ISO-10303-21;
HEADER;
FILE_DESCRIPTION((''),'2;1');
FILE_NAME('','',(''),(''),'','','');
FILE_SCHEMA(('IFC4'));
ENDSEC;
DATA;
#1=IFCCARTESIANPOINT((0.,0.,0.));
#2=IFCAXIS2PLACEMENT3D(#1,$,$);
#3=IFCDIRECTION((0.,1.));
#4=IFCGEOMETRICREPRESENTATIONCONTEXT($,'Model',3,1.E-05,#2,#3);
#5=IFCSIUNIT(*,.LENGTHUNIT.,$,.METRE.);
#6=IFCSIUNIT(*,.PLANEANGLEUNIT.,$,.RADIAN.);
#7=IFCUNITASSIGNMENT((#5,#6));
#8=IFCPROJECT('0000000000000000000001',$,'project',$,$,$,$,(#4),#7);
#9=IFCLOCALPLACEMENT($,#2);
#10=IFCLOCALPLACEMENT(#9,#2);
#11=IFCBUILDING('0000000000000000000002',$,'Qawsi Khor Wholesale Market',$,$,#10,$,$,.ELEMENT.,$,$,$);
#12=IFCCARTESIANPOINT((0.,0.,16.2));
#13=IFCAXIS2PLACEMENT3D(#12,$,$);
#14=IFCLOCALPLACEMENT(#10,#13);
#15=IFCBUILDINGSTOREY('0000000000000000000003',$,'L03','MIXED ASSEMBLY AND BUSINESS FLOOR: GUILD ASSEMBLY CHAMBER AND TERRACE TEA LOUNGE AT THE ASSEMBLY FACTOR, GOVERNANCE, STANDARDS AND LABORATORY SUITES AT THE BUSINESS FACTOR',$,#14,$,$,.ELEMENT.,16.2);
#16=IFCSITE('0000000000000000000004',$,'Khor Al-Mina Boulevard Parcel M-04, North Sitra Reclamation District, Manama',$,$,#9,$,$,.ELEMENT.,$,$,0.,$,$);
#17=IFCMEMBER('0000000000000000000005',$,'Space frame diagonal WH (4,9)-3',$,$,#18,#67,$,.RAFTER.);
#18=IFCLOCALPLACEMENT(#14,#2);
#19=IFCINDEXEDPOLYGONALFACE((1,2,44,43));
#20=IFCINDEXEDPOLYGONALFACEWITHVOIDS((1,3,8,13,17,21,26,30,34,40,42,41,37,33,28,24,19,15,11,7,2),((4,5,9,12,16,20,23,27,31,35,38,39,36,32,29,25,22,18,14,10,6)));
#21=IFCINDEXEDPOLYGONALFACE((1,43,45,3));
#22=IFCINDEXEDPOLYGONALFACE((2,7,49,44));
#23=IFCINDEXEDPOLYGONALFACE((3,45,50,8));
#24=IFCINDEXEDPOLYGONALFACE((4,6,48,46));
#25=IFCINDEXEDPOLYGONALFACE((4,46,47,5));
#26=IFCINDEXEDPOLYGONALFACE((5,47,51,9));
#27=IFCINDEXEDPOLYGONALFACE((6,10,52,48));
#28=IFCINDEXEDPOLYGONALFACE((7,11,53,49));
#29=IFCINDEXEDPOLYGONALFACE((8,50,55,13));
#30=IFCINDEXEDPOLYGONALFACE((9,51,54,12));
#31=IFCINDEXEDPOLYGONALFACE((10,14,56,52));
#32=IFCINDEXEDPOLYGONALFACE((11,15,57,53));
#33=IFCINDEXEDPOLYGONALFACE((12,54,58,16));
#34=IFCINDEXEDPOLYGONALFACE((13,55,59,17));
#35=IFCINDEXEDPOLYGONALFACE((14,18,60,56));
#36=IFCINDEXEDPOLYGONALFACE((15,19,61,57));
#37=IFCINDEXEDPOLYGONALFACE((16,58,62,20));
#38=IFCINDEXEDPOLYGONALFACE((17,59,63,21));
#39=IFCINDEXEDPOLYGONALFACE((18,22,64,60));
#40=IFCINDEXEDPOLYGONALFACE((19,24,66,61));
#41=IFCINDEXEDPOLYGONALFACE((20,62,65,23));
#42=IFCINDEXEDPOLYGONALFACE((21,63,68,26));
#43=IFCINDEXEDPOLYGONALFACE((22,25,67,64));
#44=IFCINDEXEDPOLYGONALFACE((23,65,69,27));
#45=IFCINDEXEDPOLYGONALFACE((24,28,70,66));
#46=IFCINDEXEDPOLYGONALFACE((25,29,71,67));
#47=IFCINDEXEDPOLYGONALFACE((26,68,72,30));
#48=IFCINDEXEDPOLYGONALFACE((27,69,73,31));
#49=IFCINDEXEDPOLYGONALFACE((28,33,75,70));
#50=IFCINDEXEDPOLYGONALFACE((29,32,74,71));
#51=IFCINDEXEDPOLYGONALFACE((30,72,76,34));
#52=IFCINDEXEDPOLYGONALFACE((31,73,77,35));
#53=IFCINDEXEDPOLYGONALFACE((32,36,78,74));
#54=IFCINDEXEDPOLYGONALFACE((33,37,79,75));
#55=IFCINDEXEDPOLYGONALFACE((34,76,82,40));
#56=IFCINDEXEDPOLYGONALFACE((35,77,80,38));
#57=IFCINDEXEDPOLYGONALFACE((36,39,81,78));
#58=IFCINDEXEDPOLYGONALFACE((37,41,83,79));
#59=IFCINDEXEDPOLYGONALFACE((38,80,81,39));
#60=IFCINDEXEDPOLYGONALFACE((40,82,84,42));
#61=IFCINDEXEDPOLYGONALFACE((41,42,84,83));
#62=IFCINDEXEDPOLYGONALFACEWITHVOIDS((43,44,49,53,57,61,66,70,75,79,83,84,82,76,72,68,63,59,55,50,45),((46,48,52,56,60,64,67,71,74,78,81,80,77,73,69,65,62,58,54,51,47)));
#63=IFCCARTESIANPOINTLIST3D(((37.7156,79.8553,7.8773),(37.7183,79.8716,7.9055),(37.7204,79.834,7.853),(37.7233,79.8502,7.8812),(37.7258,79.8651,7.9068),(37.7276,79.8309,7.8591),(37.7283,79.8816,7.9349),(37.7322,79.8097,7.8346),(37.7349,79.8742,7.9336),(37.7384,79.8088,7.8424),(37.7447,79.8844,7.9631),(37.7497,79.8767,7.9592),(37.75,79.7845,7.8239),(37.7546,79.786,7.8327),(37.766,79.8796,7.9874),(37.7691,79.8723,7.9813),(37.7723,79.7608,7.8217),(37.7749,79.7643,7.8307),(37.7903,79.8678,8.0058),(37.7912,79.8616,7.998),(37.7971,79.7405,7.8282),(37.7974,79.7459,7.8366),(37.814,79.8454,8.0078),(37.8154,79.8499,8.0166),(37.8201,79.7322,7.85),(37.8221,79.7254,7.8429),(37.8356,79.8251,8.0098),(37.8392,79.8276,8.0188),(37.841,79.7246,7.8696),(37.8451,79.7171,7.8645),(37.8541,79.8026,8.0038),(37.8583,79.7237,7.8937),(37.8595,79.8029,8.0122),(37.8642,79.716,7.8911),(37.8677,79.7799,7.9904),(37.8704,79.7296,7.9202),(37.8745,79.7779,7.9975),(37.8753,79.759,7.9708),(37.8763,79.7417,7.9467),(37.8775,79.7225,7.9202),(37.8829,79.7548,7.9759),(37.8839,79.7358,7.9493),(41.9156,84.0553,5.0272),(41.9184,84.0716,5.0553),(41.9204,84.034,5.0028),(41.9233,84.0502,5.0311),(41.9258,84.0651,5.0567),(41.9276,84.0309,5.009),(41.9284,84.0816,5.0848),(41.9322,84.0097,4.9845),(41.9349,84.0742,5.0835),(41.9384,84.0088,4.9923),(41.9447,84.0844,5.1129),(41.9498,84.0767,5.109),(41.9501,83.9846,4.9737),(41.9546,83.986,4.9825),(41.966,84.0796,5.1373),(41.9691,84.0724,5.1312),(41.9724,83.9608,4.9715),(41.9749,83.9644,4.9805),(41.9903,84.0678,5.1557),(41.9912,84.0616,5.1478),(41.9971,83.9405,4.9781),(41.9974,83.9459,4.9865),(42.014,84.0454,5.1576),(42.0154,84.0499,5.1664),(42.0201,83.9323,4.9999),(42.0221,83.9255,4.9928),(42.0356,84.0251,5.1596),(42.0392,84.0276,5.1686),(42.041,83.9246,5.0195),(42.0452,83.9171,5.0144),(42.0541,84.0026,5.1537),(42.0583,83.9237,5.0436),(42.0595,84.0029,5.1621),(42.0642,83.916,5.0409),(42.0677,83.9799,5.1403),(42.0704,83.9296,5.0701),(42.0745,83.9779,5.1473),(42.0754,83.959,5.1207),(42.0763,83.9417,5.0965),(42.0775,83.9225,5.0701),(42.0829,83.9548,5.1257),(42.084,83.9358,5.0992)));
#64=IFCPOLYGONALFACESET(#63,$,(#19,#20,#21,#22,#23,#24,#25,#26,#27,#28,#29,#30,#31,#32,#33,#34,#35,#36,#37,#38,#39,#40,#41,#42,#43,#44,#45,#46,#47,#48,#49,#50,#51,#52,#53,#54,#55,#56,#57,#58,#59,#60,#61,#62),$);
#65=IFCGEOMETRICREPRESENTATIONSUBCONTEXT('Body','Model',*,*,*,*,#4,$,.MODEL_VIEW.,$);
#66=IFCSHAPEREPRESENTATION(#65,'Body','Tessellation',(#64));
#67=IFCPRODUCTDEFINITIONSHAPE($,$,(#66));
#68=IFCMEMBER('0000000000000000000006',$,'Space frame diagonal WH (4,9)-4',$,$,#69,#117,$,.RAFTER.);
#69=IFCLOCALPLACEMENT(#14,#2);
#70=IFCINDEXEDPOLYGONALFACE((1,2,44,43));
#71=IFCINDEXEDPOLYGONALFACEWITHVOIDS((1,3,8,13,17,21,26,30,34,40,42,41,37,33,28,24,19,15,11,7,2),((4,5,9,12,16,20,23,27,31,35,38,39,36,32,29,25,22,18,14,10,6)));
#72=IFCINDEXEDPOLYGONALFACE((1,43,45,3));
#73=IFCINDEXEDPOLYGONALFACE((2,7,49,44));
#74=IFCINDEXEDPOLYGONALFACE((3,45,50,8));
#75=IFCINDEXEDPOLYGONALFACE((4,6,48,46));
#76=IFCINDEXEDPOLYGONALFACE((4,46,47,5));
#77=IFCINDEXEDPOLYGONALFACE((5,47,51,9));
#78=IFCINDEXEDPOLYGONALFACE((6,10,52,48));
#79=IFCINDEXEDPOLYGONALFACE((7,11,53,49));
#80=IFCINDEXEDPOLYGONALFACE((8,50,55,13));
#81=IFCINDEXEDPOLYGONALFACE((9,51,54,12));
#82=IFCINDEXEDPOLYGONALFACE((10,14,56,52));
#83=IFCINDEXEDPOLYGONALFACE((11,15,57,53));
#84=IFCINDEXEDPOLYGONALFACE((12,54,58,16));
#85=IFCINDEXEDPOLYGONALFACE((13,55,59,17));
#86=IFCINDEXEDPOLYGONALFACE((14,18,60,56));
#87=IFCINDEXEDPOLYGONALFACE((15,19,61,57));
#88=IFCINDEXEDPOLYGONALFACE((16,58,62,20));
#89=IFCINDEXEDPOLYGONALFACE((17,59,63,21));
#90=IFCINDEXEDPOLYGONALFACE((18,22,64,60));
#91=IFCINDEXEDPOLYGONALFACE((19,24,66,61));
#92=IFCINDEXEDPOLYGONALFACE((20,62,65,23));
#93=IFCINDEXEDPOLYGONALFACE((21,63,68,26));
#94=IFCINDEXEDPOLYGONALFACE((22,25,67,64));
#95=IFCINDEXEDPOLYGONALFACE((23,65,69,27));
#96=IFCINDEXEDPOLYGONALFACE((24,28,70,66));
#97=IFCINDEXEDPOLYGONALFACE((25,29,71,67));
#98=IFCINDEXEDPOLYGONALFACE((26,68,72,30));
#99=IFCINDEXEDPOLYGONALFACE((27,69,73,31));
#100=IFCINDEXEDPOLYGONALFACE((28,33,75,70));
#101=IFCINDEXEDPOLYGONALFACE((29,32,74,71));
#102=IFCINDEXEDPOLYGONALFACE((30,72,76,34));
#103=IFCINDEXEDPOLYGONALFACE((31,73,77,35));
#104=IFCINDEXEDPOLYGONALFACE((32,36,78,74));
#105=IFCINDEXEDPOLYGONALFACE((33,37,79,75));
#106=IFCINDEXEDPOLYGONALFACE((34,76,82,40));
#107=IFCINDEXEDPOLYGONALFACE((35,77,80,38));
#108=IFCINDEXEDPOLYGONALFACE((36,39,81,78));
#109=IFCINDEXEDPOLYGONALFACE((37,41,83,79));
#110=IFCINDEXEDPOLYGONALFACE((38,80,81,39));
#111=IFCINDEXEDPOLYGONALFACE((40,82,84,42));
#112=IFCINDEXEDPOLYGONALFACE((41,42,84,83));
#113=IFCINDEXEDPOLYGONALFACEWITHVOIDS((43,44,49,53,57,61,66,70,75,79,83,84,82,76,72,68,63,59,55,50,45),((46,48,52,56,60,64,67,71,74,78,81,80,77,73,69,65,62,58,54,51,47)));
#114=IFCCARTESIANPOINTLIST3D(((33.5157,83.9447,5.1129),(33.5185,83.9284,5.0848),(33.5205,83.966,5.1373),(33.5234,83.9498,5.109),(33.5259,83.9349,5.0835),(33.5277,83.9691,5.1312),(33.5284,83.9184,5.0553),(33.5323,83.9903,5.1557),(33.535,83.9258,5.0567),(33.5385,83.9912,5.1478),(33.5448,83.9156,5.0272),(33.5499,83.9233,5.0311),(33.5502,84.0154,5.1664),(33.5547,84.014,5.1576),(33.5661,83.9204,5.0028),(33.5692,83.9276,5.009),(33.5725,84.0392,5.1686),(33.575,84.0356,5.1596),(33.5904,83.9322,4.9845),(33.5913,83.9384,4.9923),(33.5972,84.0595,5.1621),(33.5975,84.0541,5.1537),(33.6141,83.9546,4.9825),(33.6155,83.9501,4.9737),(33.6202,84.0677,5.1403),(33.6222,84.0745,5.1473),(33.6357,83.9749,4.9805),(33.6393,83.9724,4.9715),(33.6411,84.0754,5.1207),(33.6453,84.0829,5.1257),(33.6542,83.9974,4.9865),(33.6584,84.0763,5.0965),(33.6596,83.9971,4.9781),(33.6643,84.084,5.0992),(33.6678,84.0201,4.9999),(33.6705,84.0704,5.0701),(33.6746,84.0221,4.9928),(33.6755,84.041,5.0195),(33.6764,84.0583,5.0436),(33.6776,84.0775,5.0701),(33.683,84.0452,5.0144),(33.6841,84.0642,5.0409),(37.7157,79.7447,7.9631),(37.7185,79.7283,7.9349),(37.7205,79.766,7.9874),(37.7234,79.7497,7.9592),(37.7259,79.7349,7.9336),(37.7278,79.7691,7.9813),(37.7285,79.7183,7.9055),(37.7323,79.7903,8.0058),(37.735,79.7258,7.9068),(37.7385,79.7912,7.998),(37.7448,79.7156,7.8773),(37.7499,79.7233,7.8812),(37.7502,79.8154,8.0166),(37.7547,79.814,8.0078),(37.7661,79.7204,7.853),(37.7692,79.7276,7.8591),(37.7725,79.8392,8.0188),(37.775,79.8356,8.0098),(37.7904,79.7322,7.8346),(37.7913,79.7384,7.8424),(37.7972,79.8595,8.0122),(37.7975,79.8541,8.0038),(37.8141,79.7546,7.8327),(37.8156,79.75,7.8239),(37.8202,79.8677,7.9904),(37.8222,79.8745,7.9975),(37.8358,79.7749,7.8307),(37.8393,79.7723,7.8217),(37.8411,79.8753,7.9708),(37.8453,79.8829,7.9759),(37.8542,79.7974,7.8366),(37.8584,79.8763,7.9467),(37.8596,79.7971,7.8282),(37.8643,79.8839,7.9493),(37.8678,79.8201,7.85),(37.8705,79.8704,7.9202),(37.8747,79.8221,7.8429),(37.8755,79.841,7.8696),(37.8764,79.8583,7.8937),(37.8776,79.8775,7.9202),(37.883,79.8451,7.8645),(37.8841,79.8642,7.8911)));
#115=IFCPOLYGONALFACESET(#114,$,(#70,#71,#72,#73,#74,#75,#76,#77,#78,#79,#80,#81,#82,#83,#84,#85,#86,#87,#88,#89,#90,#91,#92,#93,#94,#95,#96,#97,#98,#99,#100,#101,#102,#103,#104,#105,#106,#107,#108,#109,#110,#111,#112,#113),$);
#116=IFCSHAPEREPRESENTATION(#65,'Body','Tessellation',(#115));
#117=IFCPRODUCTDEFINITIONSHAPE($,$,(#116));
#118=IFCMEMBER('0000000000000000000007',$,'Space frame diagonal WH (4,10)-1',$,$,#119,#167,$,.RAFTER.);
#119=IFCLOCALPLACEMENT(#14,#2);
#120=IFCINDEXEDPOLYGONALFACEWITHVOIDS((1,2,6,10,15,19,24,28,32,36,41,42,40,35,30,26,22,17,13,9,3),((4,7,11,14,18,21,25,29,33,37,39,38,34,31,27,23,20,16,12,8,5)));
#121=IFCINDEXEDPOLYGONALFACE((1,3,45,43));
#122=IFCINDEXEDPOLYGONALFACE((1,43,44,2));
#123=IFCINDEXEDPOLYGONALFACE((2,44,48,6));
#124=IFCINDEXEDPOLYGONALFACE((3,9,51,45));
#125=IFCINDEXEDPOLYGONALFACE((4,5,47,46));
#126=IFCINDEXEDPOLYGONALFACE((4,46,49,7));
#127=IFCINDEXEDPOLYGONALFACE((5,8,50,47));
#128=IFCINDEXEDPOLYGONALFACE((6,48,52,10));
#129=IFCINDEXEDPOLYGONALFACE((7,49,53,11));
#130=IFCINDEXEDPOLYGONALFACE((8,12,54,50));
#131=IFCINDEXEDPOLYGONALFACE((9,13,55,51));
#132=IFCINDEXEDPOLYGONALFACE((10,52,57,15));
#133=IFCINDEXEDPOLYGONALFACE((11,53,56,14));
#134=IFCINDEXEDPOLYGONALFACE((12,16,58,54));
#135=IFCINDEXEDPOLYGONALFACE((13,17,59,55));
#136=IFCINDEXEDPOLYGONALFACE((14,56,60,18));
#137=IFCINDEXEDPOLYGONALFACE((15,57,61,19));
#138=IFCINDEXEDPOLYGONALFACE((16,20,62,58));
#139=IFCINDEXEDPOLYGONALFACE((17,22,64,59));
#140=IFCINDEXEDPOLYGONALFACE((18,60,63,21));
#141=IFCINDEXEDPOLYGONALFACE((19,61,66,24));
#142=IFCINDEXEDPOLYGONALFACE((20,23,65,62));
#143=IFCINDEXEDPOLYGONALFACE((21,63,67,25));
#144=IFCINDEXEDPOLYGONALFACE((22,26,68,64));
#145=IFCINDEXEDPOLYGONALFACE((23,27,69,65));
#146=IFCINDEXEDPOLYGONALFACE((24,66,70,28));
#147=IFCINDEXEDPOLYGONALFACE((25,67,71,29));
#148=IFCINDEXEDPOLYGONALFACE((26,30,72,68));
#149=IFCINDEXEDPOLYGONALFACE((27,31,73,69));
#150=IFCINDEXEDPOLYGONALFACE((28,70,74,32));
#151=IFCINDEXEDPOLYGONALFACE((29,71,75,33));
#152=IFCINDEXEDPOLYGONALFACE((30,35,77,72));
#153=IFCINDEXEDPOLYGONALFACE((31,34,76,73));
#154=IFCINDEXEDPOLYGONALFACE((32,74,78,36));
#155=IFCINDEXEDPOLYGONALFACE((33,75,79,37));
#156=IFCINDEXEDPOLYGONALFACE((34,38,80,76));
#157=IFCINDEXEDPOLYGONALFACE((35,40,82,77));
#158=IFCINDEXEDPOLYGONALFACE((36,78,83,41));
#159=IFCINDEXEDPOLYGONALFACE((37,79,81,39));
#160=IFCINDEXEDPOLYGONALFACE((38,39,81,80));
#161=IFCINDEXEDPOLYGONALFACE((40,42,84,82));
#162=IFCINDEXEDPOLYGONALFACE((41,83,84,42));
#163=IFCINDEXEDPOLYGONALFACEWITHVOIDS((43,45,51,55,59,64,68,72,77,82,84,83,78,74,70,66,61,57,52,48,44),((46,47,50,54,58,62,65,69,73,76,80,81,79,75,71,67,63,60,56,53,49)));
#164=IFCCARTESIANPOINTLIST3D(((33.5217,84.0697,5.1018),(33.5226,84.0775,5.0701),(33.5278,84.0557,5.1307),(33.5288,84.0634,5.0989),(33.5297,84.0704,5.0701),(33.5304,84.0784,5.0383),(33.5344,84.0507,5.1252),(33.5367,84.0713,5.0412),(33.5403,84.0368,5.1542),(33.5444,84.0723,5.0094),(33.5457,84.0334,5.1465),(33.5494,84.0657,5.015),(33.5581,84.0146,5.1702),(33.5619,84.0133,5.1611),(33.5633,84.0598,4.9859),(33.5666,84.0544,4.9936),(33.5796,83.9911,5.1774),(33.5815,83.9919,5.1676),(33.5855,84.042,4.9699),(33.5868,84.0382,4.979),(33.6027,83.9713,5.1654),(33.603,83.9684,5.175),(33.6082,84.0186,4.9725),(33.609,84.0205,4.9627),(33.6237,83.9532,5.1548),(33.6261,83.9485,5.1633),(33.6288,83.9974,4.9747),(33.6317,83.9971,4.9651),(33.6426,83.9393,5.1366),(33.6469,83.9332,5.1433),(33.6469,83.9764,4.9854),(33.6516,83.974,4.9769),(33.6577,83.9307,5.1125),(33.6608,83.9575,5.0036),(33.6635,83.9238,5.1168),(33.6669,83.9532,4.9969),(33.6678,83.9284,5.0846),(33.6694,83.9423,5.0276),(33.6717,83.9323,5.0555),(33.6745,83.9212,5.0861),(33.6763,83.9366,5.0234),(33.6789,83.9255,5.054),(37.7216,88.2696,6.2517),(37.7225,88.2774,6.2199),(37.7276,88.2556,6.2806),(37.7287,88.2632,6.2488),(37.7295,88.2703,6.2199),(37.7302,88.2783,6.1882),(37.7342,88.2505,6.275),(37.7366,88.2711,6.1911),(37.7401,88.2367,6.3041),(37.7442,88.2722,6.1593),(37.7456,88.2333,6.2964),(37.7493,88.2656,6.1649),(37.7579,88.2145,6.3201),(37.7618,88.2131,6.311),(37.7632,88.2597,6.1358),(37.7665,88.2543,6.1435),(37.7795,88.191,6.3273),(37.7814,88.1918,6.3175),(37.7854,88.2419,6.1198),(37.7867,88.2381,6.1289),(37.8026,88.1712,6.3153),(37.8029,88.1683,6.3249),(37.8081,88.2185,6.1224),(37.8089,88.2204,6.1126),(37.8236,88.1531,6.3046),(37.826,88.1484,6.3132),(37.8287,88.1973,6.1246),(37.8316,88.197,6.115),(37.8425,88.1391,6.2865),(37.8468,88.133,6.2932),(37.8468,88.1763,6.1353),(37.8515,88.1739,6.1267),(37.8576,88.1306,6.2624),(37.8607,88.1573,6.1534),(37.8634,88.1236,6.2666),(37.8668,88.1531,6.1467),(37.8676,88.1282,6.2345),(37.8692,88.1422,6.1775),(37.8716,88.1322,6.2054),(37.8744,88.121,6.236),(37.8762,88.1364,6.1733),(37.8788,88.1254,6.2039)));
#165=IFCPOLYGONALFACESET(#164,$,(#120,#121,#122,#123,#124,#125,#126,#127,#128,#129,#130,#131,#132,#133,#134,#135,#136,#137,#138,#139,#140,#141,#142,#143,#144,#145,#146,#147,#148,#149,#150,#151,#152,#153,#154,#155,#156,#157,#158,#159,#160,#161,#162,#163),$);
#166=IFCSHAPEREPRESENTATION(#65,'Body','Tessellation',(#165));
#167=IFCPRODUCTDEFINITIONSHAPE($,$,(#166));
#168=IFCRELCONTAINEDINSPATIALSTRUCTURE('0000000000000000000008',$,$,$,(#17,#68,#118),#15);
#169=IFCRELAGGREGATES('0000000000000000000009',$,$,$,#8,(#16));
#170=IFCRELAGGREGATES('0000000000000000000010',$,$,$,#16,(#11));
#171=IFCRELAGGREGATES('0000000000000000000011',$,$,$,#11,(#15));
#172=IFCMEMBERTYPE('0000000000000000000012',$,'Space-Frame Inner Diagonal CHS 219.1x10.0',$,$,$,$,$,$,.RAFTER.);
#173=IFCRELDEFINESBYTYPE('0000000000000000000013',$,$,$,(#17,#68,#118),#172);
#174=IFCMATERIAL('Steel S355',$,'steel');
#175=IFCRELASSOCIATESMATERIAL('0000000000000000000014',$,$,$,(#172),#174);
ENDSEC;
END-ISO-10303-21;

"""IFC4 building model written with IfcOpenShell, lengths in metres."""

from ifc_helpers import new_model, si_unit, direction, frame, origin, origin_2d, place, context, subcontext, project, spatial, hollow_circle, extrude, material, material_profile, profile_set, type_object, element, save


model = new_model("IFC4")

# Units and contexts
model_context = context("Model", 3, precision=1e-05, world=origin(), true_north=direction((0.0, 1.0)))
body_context = subcontext(model_context, "Body", "Model", "MODEL_VIEW")
ifc_project = project(units=[si_unit("LENGTHUNIT", "METRE"), si_unit("PLANEANGLEUNIT", "RADIAN")], contexts=[model_context])

# Site, building, storey
site_placement = place(None, origin())
site = spatial("IfcSite", under=ifc_project, at=site_placement, Name="Khor Al-Mina Boulevard Parcel M-04, North Sitra Reclamation District, Manama", CompositionType="ELEMENT", RefElevation=0.0)
building_placement = place(site_placement, origin())
building = spatial("IfcBuilding", under=site, at=building_placement, Name="Qawsi Khor Wholesale Market", CompositionType="ELEMENT")
storey_placement = place(building_placement, frame((0.0, 0.0, 16.2)))
storey = spatial("IfcBuildingStorey", under=building, at=storey_placement, Name="L03", Description="MIXED ASSEMBLY AND BUSINESS FLOOR: GUILD ASSEMBLY CHAMBER AND TERRACE TEA LOUNGE AT THE ASSEMBLY FACTOR, GOVERNANCE, STANDARDS AND LABORATORY SUITES AT THE BUSINESS FACTOR", CompositionType="ELEMENT", Elevation=16.2)

# Members
ifc_material_1 = material(Name="Steel S355", Category="steel")
ifc_material_profile_1 = material_profile(ifc_material_1, hollow_circle(Radius=0.1096, WallThickness=0.01, at=origin_2d()), Name="CHS 219.1x10.0")
ifc_profile_set_1 = profile_set([ifc_material_profile_1], Name="Steel S355")
member_type_1 = type_object("IfcMemberType", Name="Space-Frame Inner Diagonal CHS 219.1x10.0", PredefinedType="RAFTER", material=ifc_profile_set_1)
for number, where, z_axis, x_axis, name in (
    (1, (42.0, 84.0, 5.0701), (-0.637512, -0.637512, 0.432617), (0.707107, -0.707107, 0.0), "Space frame diagonal WH (4,9)-3"),
    (2, (33.6001, 84.0, 5.0701), (0.637512, -0.637512, 0.432617), (0.707107, 0.707107, 0.0), "Space frame diagonal WH (4,9)-4"),
):
    element("IfcMember", number, at=place(storey_placement, frame(where, z_axis=z_axis, x_axis=x_axis)), inside=storey, type_object=member_type_1, Name=name, PredefinedType="RAFTER", context=body_context, shape_type="SweptSolid", body=[
        extrude(hollow_circle(Radius=0.1096, WallThickness=0.01, at=origin_2d()), origin(), (0.0, 0.0, 1.0), 6.5881),
    ])
for number, where, z_axis, x_axis, name in (
    (3, (33.6001, 84.0, 5.0701), (0.694217, 0.694217, 0.190069), (-0.707107, 0.707107, 0.0), "Space frame diagonal WH (4,10)-1"),
):
    element("IfcMember", number, at=place(storey_placement, frame(where, z_axis=z_axis, x_axis=x_axis)), inside=storey, type_object=member_type_1, Name=name, PredefinedType="RAFTER", context=body_context, shape_type="SweptSolid", body=[
        extrude(hollow_circle(Radius=0.1096, WallThickness=0.01, at=origin_2d()), origin(), (0.0, 0.0, 1.0), 6.0498),
    ])

save(model, "model.ifc")
